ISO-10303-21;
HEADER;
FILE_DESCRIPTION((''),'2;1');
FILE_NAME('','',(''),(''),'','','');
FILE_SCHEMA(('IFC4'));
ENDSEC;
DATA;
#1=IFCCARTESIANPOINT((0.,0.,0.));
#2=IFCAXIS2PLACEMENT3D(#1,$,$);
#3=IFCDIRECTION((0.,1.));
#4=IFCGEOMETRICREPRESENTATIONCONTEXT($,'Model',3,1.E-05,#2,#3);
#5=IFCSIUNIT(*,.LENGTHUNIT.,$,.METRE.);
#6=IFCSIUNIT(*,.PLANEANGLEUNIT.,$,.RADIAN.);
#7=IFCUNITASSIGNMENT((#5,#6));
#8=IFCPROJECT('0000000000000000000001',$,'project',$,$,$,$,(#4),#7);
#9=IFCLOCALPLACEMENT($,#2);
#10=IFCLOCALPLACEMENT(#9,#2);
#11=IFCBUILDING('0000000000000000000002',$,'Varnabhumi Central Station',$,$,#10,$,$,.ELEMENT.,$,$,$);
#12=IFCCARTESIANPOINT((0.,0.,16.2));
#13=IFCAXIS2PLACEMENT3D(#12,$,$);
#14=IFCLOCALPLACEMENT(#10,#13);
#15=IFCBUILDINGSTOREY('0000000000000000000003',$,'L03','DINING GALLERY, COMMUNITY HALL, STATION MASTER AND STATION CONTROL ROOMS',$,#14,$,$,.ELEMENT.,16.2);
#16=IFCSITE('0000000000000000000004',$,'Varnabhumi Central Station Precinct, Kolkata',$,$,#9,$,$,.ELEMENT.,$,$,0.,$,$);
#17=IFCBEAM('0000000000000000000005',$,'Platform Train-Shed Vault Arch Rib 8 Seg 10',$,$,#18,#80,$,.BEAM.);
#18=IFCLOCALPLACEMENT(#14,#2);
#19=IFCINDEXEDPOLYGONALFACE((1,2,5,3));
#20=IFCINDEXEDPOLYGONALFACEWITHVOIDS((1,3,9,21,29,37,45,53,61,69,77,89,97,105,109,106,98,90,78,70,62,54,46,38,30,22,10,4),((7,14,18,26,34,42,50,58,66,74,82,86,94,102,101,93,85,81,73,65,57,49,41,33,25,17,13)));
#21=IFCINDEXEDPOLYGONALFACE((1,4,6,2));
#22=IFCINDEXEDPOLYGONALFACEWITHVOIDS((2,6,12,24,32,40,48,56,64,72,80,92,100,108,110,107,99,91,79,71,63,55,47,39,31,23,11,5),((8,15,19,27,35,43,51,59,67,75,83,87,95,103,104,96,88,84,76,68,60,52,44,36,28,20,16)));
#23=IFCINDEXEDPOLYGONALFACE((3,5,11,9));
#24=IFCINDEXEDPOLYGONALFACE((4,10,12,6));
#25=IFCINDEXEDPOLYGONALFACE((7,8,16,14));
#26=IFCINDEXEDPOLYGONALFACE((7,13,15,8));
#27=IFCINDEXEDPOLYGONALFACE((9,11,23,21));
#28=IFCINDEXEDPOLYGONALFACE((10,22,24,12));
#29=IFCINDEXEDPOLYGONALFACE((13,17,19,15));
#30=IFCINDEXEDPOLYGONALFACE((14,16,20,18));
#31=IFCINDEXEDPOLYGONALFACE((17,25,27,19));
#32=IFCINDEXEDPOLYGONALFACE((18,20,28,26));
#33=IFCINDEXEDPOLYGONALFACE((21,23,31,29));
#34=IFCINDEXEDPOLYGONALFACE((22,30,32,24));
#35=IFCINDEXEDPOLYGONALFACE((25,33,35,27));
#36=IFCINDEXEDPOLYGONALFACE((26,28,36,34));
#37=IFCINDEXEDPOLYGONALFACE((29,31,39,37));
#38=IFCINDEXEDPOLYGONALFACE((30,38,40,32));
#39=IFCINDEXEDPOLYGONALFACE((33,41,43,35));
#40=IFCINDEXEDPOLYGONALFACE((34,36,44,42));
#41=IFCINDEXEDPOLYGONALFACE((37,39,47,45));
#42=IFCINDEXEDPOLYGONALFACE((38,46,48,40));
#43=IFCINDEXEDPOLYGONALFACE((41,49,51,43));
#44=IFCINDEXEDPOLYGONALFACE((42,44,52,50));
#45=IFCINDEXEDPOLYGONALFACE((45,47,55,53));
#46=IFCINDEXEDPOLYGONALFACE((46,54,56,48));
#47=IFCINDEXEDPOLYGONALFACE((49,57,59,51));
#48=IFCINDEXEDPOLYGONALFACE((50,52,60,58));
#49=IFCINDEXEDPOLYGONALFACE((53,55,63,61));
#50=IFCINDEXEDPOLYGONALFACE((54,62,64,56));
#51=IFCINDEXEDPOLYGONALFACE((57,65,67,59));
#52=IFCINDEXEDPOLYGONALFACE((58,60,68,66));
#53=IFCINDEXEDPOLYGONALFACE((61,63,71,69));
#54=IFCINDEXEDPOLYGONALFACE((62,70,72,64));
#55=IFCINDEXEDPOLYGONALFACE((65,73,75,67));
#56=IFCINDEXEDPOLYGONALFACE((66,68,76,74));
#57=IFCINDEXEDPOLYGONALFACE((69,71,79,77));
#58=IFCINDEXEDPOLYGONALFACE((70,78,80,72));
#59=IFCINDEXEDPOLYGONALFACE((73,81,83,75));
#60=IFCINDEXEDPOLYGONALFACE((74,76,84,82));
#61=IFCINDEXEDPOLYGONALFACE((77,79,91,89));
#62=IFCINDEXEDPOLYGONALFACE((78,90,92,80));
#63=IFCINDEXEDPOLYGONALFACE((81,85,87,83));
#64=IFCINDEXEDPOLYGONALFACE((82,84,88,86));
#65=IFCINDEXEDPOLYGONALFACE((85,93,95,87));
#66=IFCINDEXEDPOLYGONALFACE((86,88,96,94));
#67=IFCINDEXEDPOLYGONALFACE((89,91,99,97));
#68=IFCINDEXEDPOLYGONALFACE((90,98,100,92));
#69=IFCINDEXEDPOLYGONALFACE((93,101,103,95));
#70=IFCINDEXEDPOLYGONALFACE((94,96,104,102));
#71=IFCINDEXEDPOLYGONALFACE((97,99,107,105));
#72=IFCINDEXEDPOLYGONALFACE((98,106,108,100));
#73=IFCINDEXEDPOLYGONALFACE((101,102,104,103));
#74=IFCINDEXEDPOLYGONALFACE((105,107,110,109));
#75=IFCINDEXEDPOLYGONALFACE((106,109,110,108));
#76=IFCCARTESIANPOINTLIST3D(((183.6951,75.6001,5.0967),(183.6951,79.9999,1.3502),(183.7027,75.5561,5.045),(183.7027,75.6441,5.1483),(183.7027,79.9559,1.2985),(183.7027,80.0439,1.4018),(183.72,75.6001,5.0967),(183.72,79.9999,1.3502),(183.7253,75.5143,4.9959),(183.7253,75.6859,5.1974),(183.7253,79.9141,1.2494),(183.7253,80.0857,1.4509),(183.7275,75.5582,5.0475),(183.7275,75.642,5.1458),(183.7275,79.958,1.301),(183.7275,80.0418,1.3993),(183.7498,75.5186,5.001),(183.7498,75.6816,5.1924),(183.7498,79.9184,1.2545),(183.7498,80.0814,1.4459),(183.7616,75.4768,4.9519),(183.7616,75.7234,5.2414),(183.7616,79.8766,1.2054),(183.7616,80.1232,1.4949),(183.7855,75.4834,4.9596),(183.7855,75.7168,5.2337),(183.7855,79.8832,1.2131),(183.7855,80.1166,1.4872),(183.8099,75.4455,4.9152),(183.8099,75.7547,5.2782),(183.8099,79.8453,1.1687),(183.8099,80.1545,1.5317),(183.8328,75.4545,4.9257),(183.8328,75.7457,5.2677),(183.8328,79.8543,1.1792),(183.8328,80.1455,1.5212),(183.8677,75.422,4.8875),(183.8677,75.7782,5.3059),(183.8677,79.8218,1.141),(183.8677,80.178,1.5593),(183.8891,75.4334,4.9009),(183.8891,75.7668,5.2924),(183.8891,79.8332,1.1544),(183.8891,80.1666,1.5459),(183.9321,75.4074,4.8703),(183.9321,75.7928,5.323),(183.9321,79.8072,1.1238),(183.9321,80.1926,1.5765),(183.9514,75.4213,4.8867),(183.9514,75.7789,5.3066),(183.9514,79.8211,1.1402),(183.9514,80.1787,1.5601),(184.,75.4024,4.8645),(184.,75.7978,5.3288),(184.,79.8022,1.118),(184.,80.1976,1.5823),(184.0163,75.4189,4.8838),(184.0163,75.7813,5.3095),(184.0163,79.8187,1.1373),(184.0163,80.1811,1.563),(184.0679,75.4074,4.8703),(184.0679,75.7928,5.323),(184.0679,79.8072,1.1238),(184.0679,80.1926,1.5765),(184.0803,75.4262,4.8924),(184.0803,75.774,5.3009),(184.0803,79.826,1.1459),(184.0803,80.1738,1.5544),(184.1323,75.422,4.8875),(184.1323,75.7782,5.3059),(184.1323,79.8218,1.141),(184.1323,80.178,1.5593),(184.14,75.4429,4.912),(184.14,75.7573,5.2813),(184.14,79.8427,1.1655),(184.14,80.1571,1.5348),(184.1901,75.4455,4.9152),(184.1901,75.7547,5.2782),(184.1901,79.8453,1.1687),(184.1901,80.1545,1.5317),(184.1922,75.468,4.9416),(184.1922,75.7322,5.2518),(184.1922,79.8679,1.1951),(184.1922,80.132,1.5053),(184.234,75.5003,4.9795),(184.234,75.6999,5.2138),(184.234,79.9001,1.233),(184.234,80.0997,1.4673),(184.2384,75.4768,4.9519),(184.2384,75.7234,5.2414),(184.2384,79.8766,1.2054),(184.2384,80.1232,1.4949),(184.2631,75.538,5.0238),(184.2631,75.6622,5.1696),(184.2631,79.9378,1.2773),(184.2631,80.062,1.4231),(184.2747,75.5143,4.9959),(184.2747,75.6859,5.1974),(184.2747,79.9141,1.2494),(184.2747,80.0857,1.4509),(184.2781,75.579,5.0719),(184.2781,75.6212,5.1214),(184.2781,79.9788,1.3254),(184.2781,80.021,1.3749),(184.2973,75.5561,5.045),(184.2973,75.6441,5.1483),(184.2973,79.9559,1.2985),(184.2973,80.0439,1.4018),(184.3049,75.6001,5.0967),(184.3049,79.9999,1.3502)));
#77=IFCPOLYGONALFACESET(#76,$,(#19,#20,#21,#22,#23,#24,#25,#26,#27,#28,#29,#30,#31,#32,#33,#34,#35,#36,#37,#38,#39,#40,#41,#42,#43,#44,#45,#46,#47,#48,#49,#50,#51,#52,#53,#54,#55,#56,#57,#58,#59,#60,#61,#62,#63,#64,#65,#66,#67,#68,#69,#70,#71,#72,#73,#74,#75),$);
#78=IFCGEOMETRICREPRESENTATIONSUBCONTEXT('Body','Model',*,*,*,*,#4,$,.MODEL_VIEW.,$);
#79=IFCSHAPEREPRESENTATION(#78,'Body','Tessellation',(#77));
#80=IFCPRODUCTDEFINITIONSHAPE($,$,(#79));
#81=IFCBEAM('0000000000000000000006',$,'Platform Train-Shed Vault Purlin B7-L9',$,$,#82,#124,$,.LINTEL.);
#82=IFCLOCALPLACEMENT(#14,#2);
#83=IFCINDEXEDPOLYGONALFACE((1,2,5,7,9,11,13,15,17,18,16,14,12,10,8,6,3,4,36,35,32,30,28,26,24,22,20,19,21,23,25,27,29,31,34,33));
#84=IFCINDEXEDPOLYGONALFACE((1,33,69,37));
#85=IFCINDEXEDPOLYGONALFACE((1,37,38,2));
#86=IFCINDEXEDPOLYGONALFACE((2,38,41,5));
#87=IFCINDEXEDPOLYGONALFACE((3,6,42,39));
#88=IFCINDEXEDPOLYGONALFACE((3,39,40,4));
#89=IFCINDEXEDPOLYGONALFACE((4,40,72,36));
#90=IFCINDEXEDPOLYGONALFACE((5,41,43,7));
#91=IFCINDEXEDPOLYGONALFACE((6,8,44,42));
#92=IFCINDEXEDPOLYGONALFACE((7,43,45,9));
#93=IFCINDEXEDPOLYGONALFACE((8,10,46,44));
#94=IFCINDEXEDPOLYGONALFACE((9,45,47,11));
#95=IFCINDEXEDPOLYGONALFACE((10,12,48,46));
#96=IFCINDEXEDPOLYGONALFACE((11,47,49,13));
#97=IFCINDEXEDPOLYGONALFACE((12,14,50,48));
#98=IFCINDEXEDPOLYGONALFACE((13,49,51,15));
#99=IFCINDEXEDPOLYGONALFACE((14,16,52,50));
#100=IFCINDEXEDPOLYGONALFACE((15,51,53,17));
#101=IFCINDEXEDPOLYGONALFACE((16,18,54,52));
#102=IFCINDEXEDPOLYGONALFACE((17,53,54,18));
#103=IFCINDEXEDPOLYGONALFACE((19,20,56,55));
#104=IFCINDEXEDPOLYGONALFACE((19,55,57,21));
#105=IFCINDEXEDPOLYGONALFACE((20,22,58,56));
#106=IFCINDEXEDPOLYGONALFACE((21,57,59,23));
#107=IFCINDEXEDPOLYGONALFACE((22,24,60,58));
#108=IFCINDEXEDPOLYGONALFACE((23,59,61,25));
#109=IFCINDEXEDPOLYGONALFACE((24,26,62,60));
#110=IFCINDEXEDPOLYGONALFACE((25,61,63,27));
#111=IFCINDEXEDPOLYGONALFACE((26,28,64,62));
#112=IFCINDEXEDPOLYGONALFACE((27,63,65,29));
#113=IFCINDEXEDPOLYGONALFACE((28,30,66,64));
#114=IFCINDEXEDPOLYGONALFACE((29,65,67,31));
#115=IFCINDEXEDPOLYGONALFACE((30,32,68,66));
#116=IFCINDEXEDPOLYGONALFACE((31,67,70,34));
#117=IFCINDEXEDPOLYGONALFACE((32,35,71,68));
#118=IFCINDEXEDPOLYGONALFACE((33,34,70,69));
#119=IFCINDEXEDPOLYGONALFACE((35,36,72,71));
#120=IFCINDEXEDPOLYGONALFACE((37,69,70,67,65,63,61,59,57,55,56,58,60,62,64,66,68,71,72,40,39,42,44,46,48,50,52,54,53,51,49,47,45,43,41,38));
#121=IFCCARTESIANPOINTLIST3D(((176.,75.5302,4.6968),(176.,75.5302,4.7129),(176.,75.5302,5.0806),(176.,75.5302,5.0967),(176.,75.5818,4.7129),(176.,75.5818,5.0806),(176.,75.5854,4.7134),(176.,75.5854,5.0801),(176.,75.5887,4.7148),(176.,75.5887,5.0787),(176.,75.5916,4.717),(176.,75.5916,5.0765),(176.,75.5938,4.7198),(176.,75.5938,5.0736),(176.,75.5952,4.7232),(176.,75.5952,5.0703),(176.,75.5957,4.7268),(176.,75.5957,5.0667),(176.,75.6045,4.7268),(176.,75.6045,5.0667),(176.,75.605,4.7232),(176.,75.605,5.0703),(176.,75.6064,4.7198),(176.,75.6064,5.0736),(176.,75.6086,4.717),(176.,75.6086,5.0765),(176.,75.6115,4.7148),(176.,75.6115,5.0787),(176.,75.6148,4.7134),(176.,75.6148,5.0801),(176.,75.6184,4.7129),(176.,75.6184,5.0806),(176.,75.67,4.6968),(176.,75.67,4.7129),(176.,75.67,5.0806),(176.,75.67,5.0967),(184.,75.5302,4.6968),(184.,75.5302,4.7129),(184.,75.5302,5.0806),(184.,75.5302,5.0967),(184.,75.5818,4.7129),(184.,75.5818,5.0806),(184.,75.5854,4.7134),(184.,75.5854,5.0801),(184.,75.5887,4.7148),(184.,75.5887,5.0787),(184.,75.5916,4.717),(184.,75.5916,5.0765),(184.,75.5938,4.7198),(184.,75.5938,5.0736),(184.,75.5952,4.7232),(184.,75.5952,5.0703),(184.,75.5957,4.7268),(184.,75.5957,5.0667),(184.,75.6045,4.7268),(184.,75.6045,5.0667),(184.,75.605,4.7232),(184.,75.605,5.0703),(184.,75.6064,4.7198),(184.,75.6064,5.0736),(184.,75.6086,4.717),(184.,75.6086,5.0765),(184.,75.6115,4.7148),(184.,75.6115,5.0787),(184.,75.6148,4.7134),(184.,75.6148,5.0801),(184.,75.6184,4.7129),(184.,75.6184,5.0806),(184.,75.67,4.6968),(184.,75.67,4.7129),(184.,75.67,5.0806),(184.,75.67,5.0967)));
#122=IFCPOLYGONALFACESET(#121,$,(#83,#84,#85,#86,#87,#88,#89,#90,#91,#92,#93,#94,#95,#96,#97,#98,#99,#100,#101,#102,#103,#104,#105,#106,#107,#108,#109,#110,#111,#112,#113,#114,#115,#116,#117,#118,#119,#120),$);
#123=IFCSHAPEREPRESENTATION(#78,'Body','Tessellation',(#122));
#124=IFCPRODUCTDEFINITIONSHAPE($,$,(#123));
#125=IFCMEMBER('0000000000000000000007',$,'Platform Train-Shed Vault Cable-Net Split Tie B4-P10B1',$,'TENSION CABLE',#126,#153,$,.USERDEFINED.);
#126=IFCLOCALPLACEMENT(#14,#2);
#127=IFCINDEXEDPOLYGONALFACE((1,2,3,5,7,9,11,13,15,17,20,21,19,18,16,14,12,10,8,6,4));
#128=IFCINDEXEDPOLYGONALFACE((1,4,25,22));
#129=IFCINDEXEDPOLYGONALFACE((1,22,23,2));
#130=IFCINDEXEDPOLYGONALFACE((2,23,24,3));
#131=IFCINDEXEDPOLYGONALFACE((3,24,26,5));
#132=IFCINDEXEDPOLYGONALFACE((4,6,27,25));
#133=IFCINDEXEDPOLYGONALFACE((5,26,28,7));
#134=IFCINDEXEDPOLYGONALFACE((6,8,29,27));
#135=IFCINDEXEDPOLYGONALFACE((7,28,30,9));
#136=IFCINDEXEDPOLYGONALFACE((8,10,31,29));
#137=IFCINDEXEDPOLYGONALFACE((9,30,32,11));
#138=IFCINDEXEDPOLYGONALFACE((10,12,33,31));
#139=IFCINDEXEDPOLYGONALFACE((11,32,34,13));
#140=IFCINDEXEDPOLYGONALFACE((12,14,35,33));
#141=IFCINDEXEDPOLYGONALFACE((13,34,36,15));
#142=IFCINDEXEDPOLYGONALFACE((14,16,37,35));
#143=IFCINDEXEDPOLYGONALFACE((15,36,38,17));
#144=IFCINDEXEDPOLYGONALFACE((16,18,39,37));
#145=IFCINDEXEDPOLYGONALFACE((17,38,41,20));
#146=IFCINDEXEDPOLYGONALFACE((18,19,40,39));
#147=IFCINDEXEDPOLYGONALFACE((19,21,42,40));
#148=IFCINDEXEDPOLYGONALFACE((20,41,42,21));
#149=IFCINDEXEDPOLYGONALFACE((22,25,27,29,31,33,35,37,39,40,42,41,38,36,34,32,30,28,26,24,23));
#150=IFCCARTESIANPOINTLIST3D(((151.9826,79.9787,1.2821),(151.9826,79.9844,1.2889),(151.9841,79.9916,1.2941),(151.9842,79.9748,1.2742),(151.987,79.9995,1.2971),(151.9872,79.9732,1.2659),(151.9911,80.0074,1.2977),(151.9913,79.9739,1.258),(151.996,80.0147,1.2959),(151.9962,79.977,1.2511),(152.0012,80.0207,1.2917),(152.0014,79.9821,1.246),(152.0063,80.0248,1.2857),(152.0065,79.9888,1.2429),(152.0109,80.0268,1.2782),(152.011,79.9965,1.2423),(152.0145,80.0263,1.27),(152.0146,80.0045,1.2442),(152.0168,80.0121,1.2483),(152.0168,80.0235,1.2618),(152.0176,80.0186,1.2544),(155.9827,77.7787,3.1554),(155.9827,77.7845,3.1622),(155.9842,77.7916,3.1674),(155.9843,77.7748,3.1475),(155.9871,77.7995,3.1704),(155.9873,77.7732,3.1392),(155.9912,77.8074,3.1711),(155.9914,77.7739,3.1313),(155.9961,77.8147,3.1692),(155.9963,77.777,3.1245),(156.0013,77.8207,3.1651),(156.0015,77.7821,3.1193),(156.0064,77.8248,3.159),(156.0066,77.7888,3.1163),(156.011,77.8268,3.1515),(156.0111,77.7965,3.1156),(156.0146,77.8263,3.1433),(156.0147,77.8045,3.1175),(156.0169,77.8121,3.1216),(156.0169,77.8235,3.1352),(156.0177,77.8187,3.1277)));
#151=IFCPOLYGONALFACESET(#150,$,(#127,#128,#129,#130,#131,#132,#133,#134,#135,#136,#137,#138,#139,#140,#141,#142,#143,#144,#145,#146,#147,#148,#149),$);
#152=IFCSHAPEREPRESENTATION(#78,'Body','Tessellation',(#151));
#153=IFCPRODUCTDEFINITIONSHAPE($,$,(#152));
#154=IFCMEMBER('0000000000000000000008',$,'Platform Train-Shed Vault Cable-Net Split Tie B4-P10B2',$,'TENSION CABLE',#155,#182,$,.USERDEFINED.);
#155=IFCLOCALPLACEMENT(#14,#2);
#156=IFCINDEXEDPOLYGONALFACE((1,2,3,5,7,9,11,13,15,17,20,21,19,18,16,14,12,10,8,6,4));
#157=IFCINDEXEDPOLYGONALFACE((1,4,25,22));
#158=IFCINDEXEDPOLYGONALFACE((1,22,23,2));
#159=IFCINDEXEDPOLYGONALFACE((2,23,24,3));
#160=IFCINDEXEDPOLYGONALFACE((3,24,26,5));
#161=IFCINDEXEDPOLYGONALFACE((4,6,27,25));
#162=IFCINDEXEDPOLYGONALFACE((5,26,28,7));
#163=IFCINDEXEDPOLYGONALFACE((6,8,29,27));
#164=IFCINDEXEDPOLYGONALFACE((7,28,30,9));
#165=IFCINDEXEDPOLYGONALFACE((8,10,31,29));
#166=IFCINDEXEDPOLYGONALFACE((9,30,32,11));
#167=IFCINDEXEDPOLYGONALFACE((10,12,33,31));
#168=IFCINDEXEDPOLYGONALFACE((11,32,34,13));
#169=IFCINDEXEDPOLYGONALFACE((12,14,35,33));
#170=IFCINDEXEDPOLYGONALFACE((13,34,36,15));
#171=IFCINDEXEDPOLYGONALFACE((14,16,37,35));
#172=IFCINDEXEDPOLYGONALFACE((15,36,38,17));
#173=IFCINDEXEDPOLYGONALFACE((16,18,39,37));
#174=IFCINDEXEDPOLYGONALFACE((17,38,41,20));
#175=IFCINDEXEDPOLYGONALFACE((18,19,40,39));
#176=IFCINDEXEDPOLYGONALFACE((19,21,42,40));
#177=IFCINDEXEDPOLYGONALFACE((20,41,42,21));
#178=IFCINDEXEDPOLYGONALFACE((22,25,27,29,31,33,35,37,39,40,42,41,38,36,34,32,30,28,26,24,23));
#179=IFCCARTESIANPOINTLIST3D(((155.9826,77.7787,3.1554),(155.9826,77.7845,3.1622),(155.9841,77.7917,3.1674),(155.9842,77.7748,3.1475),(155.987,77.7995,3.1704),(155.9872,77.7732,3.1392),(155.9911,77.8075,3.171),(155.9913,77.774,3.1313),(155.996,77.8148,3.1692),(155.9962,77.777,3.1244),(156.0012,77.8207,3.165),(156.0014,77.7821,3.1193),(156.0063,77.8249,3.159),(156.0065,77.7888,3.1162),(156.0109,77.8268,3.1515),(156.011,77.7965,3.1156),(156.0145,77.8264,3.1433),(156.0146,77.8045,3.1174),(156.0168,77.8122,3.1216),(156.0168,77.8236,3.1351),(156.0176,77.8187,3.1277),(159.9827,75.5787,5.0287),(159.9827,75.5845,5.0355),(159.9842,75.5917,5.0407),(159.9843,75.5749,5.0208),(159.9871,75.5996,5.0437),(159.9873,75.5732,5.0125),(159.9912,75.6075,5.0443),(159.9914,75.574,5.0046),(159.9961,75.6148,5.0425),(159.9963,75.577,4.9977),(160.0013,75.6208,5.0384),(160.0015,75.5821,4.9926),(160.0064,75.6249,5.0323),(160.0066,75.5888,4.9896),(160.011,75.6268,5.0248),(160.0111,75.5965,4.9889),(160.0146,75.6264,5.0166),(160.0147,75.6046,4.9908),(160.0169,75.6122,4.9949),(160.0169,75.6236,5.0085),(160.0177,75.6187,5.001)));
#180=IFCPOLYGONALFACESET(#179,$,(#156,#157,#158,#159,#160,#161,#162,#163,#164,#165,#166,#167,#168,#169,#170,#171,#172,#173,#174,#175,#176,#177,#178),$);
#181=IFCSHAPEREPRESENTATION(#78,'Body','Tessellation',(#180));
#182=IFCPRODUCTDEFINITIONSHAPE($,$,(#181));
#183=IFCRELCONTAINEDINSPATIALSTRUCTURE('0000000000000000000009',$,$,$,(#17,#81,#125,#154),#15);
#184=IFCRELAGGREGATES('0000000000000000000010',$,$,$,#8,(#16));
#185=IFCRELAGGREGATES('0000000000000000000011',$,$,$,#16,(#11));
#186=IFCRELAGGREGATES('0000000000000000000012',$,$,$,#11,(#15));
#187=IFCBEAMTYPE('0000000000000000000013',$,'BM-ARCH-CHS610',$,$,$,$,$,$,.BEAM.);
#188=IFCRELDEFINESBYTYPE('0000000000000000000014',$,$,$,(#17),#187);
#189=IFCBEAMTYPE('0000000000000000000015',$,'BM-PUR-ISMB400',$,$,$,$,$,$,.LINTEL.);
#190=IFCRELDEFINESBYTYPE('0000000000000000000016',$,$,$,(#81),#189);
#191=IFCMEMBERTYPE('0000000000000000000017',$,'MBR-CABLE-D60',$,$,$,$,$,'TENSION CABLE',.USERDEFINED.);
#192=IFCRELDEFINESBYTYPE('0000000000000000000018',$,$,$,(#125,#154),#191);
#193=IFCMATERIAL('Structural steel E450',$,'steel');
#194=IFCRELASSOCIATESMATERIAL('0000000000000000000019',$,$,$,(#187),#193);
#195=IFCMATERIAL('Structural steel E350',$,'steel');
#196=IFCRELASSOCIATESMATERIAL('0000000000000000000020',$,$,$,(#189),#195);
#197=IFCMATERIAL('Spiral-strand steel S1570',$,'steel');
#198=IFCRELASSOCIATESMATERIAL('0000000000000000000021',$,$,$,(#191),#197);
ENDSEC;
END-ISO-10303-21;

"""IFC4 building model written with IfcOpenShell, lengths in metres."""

from ifc_helpers import new_model, si_unit, direction, frame, origin, origin_2d, place, context, subcontext, project, spatial, circle, hollow_circle, i_section, extrude, material, material_profile, profile_set, type_object, element, save


model = new_model("IFC4")

# Units and contexts
model_context = context("Model", 3, precision=1e-05, world=origin(), true_north=direction((0.0, 1.0)))
body_context = subcontext(model_context, "Body", "Model", "MODEL_VIEW")
ifc_project = project(units=[si_unit("LENGTHUNIT", "METRE"), si_unit("PLANEANGLEUNIT", "RADIAN")], contexts=[model_context])

# Site, building, storey
site_placement = place(None, origin())
site = spatial("IfcSite", under=ifc_project, at=site_placement, Name="Varnabhumi Central Station Precinct, Kolkata", CompositionType="ELEMENT", RefElevation=0.0)
building_placement = place(site_placement, origin())
building = spatial("IfcBuilding", under=site, at=building_placement, Name="Varnabhumi Central Station", CompositionType="ELEMENT")
storey_placement = place(building_placement, frame((0.0, 0.0, 16.2)))
storey = spatial("IfcBuildingStorey", under=building, at=storey_placement, Name="L03", Description="DINING GALLERY, COMMUNITY HALL, STATION MASTER AND STATION CONTROL ROOMS", CompositionType="ELEMENT", Elevation=16.2)

# Shared definitions
ifc_material_1 = material(Name="Structural steel E350", Category="steel")

# Beams
ifc_material_2 = material(Name="Structural steel E450", Category="steel")
ifc_material_profile_1 = material_profile(ifc_material_2, hollow_circle(Radius=0.3049, WallThickness=0.0249, at=origin_2d()), Name="Structural steel E450", Category="steel")
ifc_profile_set_1 = profile_set([ifc_material_profile_1], Name="Structural steel E450")
beam_type_1 = type_object("IfcBeamType", Name="BM-ARCH-CHS610", PredefinedType="BEAM", material=ifc_profile_set_1)
for number, where, z_axis, x_axis, name in (
    (1, (184.0, 75.6001, 5.0967), (0.0, 0.76137, -0.648318), (-1.0, 0.0, 0.0), "Platform Train-Shed Vault Arch Rib 8 Seg 10"),
):
    element("IfcBeam", number, at=place(storey_placement, frame(where, z_axis=z_axis, x_axis=x_axis)), inside=storey, type_object=beam_type_1, Name=name, PredefinedType="BEAM", context=body_context, shape_type="SweptSolid", body=[
        extrude(hollow_circle(Radius=0.3049, WallThickness=0.0249, at=origin_2d()), origin(), (0.0, 0.0, 1.0), 5.7788),
    ])
ifc_material_profile_2 = material_profile(ifc_material_1, i_section(OverallWidth=0.1399, OverallDepth=0.3999, WebThickness=0.0088, FlangeThickness=0.0161, FilletRadius=0.0139, at=origin_2d()), Name="Structural steel E350", Category="steel")
ifc_profile_set_2 = profile_set([ifc_material_profile_2], Name="Structural steel E350")
beam_type_2 = type_object("IfcBeamType", Name="BM-PUR-ISMB400", PredefinedType="LINTEL", material=ifc_profile_set_2)
beam_placement = place(storey_placement, frame((176.0, 75.6001, 4.8967), z_axis=(1.0, 0.0, 0.0), x_axis=(0.0, 1.0, 0.0)))
element("IfcBeam", 2, at=beam_placement, inside=storey, type_object=beam_type_2, Name="Platform Train-Shed Vault Purlin B7-L9", PredefinedType="LINTEL", context=body_context, shape_type="SweptSolid", body=[
    extrude(i_section(OverallWidth=0.1399, OverallDepth=0.3999, WebThickness=0.0088, FlangeThickness=0.0161, FilletRadius=0.0139, at=origin_2d()), origin(), (0.0, 0.0, 1.0), 8.0),
])

# Members
ifc_material_3 = material(Name="Spiral-strand steel S1570", Category="steel")
ifc_material_profile_3 = material_profile(ifc_material_3, circle(Radius=0.03, at=origin_2d()), Name="Spiral-strand steel S1570", Category="steel")
ifc_profile_set_3 = profile_set([ifc_material_profile_3], Name="Spiral-strand steel S1570")
member_type = type_object("IfcMemberType", Name="MBR-CABLE-D60", ElementType="TENSION CABLE", PredefinedType="USERDEFINED", material=ifc_profile_set_3)
for number, where, z_axis, x_axis, name in (
    (3, (152.0, 80.0, 1.27), (0.810624, -0.445833, 0.379634), (0.481911, 0.87622, 0.0), "Platform Train-Shed Vault Cable-Net Split Tie B4-P10B1"),
    (4, (156.0, 77.8, 3.1433), (0.810624, -0.445833, 0.379634), (0.481911, 0.87622, 0.0), "Platform Train-Shed Vault Cable-Net Split Tie B4-P10B2"),
):
    element("IfcMember", number, at=place(storey_placement, frame(where, z_axis=z_axis, x_axis=x_axis)), inside=storey, type_object=member_type, Name=name, ObjectType="TENSION CABLE", PredefinedType="USERDEFINED", context=body_context, shape_type="SweptSolid", body=[
        extrude(circle(Radius=0.03, at=origin_2d()), origin(), (0.0, 0.0, 1.0), 4.9346),
    ])

save(model, "model.ifc")
